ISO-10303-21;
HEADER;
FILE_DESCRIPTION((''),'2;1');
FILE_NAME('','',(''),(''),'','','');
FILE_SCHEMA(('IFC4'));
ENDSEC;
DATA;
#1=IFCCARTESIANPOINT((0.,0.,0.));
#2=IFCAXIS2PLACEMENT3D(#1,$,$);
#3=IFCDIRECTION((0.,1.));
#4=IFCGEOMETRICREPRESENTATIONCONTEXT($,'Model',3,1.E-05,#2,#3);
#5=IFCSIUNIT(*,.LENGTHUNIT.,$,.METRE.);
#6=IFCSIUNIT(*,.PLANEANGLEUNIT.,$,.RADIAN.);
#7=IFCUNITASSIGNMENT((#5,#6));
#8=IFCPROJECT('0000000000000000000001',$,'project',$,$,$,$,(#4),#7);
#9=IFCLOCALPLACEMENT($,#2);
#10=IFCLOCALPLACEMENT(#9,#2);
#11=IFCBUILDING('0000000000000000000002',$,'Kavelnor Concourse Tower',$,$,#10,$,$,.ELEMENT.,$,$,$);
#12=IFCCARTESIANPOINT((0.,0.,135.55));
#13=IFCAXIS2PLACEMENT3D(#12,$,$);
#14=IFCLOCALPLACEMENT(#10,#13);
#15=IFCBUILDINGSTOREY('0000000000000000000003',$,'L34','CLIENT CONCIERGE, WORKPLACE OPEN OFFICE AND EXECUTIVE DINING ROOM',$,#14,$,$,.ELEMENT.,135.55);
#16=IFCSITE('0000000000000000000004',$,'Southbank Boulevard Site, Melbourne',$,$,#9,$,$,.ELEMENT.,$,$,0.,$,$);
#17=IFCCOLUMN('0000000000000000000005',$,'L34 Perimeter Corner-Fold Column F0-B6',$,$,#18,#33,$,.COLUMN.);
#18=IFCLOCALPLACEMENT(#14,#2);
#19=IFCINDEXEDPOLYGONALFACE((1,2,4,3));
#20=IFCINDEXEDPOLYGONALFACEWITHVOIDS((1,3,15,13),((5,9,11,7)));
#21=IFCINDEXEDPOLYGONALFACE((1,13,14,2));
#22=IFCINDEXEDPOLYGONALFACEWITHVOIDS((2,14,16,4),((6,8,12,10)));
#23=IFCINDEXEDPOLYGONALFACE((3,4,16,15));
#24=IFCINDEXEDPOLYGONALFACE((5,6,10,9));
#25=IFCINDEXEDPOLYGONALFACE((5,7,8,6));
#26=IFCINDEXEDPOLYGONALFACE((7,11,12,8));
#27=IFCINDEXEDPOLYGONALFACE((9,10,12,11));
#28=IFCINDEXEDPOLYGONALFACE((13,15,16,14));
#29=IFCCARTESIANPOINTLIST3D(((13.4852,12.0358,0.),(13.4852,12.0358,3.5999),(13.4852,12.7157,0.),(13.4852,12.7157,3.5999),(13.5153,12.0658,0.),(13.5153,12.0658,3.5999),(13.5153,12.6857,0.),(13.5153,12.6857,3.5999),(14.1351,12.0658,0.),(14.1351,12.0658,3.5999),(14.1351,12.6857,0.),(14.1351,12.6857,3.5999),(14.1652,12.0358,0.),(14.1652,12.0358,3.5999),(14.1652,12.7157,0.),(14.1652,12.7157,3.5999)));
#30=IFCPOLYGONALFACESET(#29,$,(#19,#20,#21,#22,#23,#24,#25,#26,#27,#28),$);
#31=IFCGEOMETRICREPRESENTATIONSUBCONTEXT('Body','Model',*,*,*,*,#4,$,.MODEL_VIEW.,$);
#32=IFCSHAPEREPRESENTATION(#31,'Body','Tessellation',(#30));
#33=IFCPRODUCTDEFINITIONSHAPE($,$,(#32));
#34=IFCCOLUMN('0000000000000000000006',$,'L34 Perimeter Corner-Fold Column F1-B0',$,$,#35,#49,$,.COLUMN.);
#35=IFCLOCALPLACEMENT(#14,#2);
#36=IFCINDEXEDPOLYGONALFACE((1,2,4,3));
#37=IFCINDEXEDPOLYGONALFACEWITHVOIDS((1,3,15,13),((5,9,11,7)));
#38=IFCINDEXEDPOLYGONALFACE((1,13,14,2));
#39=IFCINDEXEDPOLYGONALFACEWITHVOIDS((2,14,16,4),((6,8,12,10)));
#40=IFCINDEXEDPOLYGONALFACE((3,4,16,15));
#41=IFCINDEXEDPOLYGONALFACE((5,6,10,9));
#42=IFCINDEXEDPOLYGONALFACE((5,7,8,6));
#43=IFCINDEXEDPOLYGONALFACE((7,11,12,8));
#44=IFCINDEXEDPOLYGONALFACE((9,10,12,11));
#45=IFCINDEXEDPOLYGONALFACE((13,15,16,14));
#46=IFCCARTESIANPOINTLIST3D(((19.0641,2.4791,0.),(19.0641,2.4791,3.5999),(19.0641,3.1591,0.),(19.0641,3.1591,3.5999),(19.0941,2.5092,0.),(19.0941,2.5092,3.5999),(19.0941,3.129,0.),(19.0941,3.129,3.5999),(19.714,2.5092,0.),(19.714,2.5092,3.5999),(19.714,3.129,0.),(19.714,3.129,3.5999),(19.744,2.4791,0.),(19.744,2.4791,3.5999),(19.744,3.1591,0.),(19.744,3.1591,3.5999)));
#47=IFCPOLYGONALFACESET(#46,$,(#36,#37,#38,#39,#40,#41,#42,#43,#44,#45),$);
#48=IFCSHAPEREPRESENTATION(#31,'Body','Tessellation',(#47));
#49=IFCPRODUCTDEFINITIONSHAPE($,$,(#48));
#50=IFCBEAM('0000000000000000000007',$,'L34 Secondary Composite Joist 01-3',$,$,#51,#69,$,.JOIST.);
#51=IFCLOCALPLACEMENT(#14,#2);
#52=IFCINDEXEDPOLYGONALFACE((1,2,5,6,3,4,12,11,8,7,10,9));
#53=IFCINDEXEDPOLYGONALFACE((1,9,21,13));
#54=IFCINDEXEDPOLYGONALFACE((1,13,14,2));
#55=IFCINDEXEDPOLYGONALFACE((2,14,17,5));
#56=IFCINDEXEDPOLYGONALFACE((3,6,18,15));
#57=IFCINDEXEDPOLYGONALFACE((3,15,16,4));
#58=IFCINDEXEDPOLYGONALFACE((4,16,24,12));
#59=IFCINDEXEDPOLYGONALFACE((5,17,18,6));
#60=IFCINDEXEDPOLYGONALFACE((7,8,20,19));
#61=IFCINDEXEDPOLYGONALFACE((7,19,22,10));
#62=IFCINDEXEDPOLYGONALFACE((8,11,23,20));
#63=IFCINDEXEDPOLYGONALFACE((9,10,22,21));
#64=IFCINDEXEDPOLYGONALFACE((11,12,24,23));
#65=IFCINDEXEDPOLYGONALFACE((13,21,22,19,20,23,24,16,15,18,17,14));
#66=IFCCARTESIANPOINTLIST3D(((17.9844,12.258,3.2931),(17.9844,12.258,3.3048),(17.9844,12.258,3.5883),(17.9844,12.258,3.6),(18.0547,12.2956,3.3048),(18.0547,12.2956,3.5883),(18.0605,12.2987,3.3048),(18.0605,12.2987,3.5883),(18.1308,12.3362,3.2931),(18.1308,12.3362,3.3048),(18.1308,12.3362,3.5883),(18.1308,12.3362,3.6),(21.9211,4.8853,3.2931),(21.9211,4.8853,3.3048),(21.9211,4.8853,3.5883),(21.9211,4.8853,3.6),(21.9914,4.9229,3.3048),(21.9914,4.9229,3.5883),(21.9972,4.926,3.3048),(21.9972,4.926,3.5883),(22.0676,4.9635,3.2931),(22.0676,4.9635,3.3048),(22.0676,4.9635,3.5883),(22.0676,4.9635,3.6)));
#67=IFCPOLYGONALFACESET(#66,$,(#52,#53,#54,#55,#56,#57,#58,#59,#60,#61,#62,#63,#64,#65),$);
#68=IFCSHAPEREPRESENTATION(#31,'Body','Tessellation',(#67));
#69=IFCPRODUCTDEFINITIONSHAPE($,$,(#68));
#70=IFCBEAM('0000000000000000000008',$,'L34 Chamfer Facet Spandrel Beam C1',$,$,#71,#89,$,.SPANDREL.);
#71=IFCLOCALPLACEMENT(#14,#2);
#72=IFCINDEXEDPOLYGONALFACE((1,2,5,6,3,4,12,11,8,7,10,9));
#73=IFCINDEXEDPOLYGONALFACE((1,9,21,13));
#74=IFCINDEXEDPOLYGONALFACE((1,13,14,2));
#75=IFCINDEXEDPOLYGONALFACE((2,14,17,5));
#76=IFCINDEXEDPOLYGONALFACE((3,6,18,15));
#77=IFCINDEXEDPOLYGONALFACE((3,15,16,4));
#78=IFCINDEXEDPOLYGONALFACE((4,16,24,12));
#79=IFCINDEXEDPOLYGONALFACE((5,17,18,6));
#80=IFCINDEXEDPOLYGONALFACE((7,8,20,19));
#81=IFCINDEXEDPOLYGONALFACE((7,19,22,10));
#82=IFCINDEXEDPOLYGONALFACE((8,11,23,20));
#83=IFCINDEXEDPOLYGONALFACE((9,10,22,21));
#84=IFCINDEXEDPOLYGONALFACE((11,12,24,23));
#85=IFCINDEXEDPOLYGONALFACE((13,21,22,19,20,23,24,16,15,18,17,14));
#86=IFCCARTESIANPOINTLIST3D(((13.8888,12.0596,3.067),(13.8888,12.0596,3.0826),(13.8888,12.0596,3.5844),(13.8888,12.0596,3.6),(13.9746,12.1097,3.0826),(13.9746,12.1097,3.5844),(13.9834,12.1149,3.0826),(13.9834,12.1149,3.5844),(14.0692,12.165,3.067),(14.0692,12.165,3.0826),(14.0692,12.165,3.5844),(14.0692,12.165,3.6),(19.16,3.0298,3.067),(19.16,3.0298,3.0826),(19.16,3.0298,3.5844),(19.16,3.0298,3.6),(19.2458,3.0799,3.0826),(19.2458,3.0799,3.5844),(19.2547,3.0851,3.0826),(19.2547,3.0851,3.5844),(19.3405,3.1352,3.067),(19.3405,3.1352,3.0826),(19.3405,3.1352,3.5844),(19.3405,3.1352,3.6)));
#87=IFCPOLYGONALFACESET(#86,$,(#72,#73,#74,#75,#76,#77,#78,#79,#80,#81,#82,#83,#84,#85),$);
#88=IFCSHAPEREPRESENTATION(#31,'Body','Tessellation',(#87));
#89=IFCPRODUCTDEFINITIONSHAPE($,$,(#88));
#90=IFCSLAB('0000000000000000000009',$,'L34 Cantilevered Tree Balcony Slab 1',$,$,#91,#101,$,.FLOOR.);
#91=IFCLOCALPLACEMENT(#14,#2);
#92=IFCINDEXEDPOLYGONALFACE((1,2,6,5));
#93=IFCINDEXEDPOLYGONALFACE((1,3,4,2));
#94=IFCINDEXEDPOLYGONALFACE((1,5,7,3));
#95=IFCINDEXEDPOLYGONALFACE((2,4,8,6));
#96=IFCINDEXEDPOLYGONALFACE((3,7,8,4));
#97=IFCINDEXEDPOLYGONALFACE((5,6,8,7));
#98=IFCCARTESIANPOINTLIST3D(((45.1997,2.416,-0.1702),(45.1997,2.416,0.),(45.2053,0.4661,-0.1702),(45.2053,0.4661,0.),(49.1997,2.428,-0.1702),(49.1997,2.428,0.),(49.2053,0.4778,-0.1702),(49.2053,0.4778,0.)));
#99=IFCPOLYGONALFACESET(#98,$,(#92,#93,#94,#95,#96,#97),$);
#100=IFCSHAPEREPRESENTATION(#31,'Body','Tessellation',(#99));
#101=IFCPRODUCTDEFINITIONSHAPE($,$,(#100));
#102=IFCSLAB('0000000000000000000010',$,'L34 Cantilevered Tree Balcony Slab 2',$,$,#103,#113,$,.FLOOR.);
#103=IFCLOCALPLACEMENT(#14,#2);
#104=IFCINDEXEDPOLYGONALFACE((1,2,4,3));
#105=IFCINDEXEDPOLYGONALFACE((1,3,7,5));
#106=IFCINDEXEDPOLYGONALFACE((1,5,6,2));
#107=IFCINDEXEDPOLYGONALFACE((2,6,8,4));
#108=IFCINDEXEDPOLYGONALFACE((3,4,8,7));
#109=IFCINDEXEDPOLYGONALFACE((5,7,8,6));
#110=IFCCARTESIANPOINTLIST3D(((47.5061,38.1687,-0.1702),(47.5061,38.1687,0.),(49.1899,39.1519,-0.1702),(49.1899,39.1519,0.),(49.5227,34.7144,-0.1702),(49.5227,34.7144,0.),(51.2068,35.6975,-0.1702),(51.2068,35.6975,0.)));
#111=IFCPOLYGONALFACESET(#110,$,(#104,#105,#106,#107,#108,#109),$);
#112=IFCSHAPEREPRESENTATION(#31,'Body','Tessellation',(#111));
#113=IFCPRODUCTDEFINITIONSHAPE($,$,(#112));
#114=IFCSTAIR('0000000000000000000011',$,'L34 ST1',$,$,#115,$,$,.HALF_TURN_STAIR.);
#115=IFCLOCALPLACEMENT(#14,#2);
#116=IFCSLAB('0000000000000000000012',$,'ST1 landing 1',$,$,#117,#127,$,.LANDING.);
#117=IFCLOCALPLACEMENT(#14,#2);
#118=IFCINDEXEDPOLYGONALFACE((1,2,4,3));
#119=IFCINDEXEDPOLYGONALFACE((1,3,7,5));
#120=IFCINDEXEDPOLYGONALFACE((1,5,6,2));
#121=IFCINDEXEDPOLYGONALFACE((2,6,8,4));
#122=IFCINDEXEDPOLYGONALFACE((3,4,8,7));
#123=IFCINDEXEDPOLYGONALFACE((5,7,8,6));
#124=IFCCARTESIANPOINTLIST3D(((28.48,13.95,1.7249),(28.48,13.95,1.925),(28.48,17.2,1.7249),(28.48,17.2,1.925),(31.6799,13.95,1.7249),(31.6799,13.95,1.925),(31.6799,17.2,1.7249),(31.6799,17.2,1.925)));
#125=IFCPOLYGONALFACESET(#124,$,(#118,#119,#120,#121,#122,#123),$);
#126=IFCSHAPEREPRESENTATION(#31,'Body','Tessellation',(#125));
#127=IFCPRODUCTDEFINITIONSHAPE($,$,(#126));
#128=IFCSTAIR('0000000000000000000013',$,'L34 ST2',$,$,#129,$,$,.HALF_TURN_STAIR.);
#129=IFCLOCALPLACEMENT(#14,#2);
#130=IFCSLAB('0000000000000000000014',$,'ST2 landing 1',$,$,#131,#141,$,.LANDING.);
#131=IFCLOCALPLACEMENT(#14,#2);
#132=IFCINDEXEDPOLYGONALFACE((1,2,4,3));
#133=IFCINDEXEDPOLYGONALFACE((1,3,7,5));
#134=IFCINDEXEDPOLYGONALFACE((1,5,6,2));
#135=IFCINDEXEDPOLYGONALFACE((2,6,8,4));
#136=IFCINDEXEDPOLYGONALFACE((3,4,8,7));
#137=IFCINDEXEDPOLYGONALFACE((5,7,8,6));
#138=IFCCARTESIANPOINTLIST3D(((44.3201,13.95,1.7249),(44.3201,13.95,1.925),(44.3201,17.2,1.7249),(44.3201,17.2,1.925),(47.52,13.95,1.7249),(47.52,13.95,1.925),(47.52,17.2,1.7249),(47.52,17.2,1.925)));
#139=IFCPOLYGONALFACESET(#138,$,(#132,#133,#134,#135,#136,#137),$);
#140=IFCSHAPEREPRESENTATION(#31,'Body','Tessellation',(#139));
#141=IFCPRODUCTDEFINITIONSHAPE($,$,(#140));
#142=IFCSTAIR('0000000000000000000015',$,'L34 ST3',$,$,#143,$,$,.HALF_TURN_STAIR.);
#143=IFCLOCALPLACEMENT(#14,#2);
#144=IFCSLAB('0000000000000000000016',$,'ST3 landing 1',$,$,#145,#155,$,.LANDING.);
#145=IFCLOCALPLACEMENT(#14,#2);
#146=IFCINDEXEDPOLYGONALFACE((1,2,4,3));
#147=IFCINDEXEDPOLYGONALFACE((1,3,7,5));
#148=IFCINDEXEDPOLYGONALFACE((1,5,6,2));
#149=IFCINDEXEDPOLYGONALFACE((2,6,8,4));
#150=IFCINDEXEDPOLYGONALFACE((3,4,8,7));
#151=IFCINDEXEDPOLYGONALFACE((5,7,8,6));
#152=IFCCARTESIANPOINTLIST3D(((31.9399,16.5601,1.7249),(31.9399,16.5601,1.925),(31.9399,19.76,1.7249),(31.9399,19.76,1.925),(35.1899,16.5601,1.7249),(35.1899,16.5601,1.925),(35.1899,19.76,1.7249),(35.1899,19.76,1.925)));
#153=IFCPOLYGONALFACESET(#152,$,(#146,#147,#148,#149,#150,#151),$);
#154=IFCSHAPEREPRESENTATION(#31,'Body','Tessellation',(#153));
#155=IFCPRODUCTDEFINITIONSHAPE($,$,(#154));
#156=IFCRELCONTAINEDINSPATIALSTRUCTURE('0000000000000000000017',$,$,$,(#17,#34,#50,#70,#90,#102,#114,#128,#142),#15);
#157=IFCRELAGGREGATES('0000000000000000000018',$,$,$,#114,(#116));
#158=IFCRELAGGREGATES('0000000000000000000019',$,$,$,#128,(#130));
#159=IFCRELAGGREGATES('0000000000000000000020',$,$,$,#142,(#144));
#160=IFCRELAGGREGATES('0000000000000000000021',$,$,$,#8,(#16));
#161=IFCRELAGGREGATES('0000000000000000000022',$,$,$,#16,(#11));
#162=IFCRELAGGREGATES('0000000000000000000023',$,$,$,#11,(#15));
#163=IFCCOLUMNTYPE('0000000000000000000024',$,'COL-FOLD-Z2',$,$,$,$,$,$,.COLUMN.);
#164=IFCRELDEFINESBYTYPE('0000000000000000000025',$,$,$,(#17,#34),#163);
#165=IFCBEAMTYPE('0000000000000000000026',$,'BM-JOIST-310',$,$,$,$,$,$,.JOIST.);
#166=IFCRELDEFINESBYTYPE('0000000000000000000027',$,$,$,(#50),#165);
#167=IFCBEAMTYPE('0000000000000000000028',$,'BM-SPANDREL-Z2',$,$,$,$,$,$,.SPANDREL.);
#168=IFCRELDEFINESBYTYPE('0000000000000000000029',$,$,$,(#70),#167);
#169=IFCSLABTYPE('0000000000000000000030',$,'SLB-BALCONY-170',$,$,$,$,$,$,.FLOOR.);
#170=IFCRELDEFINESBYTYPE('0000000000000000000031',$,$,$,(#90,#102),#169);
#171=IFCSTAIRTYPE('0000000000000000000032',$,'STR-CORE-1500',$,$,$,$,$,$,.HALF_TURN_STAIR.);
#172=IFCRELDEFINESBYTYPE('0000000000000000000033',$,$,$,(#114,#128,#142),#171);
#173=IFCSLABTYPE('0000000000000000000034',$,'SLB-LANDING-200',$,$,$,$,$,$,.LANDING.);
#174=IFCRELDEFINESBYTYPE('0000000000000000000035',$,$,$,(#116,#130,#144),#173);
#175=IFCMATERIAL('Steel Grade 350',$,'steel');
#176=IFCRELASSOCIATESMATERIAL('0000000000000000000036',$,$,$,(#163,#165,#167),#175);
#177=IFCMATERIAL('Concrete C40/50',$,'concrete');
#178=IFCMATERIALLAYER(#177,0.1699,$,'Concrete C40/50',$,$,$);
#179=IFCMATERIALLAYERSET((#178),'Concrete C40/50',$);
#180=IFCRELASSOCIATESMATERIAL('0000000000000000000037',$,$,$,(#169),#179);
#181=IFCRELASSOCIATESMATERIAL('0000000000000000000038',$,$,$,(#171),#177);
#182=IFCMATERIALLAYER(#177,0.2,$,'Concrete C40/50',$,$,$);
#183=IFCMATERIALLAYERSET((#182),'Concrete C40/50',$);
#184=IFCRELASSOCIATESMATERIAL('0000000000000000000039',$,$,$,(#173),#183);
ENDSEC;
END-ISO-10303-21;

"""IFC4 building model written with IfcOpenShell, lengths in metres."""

from ifc_helpers import new_model, si_unit, direction, frame, origin, origin_2d, place, context, subcontext, project, spatial, polyline, hollow_rectangle, i_section, outline, extrude, material, layer, layer_set, material_profile, profile_set, type_object, element, aggregate, save


model = new_model("IFC4")

# Units and contexts
model_context = context("Model", 3, precision=1e-05, world=origin(), true_north=direction((0.0, 1.0)))
body_context = subcontext(model_context, "Body", "Model", "MODEL_VIEW")
ifc_project = project(units=[si_unit("LENGTHUNIT", "METRE"), si_unit("PLANEANGLEUNIT", "RADIAN")], contexts=[model_context])

# Site, building, storey
site_placement = place(None, origin())
site = spatial("IfcSite", under=ifc_project, at=site_placement, Name="Southbank Boulevard Site, Melbourne", CompositionType="ELEMENT", RefElevation=0.0)
building_placement = place(site_placement, origin())
building = spatial("IfcBuilding", under=site, at=building_placement, Name="Kavelnor Concourse Tower", CompositionType="ELEMENT")
storey_placement = place(building_placement, frame((0.0, 0.0, 135.55)))
storey = spatial("IfcBuildingStorey", under=building, at=storey_placement, Name="L34", Description="CLIENT CONCIERGE, WORKPLACE OPEN OFFICE AND EXECUTIVE DINING ROOM", CompositionType="ELEMENT", Elevation=135.55)

# Columns
ifc_material_1 = material(Name="Steel Grade 350", Category="steel")
ifc_material_profile_1 = material_profile(ifc_material_1, hollow_rectangle(XDim=0.6799, YDim=0.6799, WallThickness=0.03, at=origin_2d()), Name="SHS 680x680x30")
ifc_profile_set_1 = profile_set([ifc_material_profile_1], Name="Steel Grade 350")
column_type = type_object("IfcColumnType", Name="COL-FOLD-Z2", PredefinedType="COLUMN", material=ifc_profile_set_1)
for number, where, z_axis, x_axis, name in (
    (1, (13.8252, 12.3757, 0.0), (0.0, 0.0, 1.0), (1.0, 0.0, 0.0), "L34 Perimeter Corner-Fold Column F0-B6"),
    (2, (19.4041, 2.8191, 0.0), (0.0, 0.0, 1.0), (1.0, 0.0, 0.0), "L34 Perimeter Corner-Fold Column F1-B0"),
):
    element("IfcColumn", number, at=place(storey_placement, frame(where, z_axis=z_axis, x_axis=x_axis)), inside=storey, type_object=column_type, Name=name, PredefinedType="COLUMN", context=body_context, shape_type="SweptSolid", body=[
        extrude(hollow_rectangle(XDim=0.6799, YDim=0.6799, WallThickness=0.03, at=origin_2d()), origin(), (0.0, 0.0, 1.0), 3.5999),
    ])

# Beams
ifc_material_profile_2 = material_profile(ifc_material_1, i_section(OverallWidth=0.166, OverallDepth=0.3069, WebThickness=0.0066, FlangeThickness=0.0117, at=origin_2d()), Name="310UB46")
ifc_profile_set_2 = profile_set([ifc_material_profile_2], Name="Steel Grade 350")
beam_type_1 = type_object("IfcBeamType", Name="BM-JOIST-310", PredefinedType="JOIST", material=ifc_profile_set_2)
beam_1_placement = place(storey_placement, frame((18.0576, 12.2971, 3.4465), z_axis=(0.471017, -0.882124, 0.0), x_axis=(0.882124, 0.471017, 0.0)))
element("IfcBeam", 3, at=beam_1_placement, inside=storey, type_object=beam_type_1, Name="L34 Secondary Composite Joist 01-3", PredefinedType="JOIST", context=body_context, shape_type="SweptSolid", body=[
    extrude(i_section(OverallWidth=0.166, OverallDepth=0.3069, WebThickness=0.0066, FlangeThickness=0.0117, at=origin_2d()), origin(), (0.0, 0.0, 1.0), 8.3579),
])
ifc_material_profile_3 = material_profile(ifc_material_1, i_section(OverallWidth=0.209, OverallDepth=0.533, WebThickness=0.0103, FlangeThickness=0.0156, at=origin_2d()), Name="530UB92")
ifc_profile_set_3 = profile_set([ifc_material_profile_3], Name="Steel Grade 350")
beam_type_2 = type_object("IfcBeamType", Name="BM-SPANDREL-Z2", PredefinedType="SPANDREL", material=ifc_profile_set_3)
beam_2_placement = place(storey_placement, frame((13.979, 12.1123, 3.3335), z_axis=(0.504147, -0.863618, 0.0), x_axis=(0.863618, 0.504147, 0.0)))
element("IfcBeam", 4, at=beam_2_placement, inside=storey, type_object=beam_type_2, Name="L34 Chamfer Facet Spandrel Beam C1", PredefinedType="SPANDREL", context=body_context, shape_type="SweptSolid", body=[
    extrude(i_section(OverallWidth=0.209, OverallDepth=0.533, WebThickness=0.0103, FlangeThickness=0.0156, at=origin_2d()), origin(), (0.0, 0.0, 1.0), 10.4558),
])

# Slabs
ifc_material_2 = material(Name="Concrete C40/50", Category="concrete")
ifc_layer_1 = layer(ifc_material_2, 0.1699, Name="Concrete C40/50")
ifc_layer_set_1 = layer_set([ifc_layer_1], Name="Concrete C40/50")
slab_type_1 = type_object("IfcSlabType", Name="SLB-BALCONY-170", PredefinedType="FLOOR", material=ifc_layer_set_1)
slab_1_placement = place(storey_placement, frame((0.0, 0.0, -0.1702)))
element("IfcSlab", 5, at=slab_1_placement, inside=storey, type_object=slab_type_1, Name="L34 Cantilevered Tree Balcony Slab 1", PredefinedType="FLOOR", context=body_context, shape_type="SweptSolid", body=[
    extrude(outline(polyline([(49.2053, 0.4778), (45.2053, 0.4661), (45.1997, 2.416), (49.1997, 2.428), (49.2053, 0.4778)])), origin(), (0.0, 0.0, 1.0), 0.1702),
])
slab_2_placement = place(storey_placement, frame((0.0, 0.0, -0.1702)))
element("IfcSlab", 6, at=slab_2_placement, inside=storey, type_object=slab_type_1, Name="L34 Cantilevered Tree Balcony Slab 2", PredefinedType="FLOOR", context=body_context, shape_type="SweptSolid", body=[
    extrude(outline(polyline([(49.1899, 39.1519), (51.2068, 35.6975), (49.5227, 34.7144), (47.5061, 38.1687), (49.1899, 39.1519)])), origin(), (0.0, 0.0, 1.0), 0.1702),
])

# Stairs, slabs
stair_type = type_object("IfcStairType", Name="STR-CORE-1500", PredefinedType="HALF_TURN_STAIR", material=ifc_material_2)
stair_1_placement = place(storey_placement, origin())
stair_1 = element("IfcStair", 7, at=stair_1_placement, inside=storey, type_object=stair_type, Name="L34 ST1", PredefinedType="HALF_TURN_STAIR")
ifc_layer_2 = layer(ifc_material_2, 0.2, Name="Concrete C40/50")
ifc_layer_set_2 = layer_set([ifc_layer_2], Name="Concrete C40/50")
slab_type_2 = type_object("IfcSlabType", Name="SLB-LANDING-200", PredefinedType="LANDING", material=ifc_layer_set_2)
slab_3_placement = place(storey_placement, frame((0.0, 0.0, 1.7249)))
slab_3 = element("IfcSlab", 8, at=slab_3_placement, type_object=slab_type_2, Name="ST1 landing 1", PredefinedType="LANDING", context=body_context, shape_type="SweptSolid", body=[
    extrude(outline(polyline([(31.6799, 13.95), (31.6799, 17.2), (28.48, 17.2), (28.48, 13.95), (31.6799, 13.95)])), origin(), (0.0, 0.0, 1.0), 0.2002),
])
aggregate(stair_1, [slab_3])
stair_2_placement = place(storey_placement, origin())
stair_2 = element("IfcStair", 9, at=stair_2_placement, inside=storey, type_object=stair_type, Name="L34 ST2", PredefinedType="HALF_TURN_STAIR")
slab_4_placement = place(storey_placement, frame((0.0, 0.0, 1.7249)))
slab_4 = element("IfcSlab", 10, at=slab_4_placement, type_object=slab_type_2, Name="ST2 landing 1", PredefinedType="LANDING", context=body_context, shape_type="SweptSolid", body=[
    extrude(outline(polyline([(47.52, 13.95), (47.52, 17.2), (44.3201, 17.2), (44.3201, 13.95), (47.52, 13.95)])), origin(), (0.0, 0.0, 1.0), 0.2002),
])
aggregate(stair_2, [slab_4])
stair_3_placement = place(storey_placement, origin())
stair_3 = element("IfcStair", 11, at=stair_3_placement, inside=storey, type_object=stair_type, Name="L34 ST3", PredefinedType="HALF_TURN_STAIR")
slab_5_placement = place(storey_placement, frame((0.0, 0.0, 1.7249)))
slab_5 = element("IfcSlab", 12, at=slab_5_placement, type_object=slab_type_2, Name="ST3 landing 1", PredefinedType="LANDING", context=body_context, shape_type="SweptSolid", body=[
    extrude(outline(polyline([(35.1899, 19.76), (31.9399, 19.76), (31.9399, 16.5601), (35.1899, 16.5601), (35.1899, 19.76)])), origin(), (0.0, 0.0, 1.0), 0.2002),
])
aggregate(stair_3, [slab_5])

save(model, "model.ifc")
